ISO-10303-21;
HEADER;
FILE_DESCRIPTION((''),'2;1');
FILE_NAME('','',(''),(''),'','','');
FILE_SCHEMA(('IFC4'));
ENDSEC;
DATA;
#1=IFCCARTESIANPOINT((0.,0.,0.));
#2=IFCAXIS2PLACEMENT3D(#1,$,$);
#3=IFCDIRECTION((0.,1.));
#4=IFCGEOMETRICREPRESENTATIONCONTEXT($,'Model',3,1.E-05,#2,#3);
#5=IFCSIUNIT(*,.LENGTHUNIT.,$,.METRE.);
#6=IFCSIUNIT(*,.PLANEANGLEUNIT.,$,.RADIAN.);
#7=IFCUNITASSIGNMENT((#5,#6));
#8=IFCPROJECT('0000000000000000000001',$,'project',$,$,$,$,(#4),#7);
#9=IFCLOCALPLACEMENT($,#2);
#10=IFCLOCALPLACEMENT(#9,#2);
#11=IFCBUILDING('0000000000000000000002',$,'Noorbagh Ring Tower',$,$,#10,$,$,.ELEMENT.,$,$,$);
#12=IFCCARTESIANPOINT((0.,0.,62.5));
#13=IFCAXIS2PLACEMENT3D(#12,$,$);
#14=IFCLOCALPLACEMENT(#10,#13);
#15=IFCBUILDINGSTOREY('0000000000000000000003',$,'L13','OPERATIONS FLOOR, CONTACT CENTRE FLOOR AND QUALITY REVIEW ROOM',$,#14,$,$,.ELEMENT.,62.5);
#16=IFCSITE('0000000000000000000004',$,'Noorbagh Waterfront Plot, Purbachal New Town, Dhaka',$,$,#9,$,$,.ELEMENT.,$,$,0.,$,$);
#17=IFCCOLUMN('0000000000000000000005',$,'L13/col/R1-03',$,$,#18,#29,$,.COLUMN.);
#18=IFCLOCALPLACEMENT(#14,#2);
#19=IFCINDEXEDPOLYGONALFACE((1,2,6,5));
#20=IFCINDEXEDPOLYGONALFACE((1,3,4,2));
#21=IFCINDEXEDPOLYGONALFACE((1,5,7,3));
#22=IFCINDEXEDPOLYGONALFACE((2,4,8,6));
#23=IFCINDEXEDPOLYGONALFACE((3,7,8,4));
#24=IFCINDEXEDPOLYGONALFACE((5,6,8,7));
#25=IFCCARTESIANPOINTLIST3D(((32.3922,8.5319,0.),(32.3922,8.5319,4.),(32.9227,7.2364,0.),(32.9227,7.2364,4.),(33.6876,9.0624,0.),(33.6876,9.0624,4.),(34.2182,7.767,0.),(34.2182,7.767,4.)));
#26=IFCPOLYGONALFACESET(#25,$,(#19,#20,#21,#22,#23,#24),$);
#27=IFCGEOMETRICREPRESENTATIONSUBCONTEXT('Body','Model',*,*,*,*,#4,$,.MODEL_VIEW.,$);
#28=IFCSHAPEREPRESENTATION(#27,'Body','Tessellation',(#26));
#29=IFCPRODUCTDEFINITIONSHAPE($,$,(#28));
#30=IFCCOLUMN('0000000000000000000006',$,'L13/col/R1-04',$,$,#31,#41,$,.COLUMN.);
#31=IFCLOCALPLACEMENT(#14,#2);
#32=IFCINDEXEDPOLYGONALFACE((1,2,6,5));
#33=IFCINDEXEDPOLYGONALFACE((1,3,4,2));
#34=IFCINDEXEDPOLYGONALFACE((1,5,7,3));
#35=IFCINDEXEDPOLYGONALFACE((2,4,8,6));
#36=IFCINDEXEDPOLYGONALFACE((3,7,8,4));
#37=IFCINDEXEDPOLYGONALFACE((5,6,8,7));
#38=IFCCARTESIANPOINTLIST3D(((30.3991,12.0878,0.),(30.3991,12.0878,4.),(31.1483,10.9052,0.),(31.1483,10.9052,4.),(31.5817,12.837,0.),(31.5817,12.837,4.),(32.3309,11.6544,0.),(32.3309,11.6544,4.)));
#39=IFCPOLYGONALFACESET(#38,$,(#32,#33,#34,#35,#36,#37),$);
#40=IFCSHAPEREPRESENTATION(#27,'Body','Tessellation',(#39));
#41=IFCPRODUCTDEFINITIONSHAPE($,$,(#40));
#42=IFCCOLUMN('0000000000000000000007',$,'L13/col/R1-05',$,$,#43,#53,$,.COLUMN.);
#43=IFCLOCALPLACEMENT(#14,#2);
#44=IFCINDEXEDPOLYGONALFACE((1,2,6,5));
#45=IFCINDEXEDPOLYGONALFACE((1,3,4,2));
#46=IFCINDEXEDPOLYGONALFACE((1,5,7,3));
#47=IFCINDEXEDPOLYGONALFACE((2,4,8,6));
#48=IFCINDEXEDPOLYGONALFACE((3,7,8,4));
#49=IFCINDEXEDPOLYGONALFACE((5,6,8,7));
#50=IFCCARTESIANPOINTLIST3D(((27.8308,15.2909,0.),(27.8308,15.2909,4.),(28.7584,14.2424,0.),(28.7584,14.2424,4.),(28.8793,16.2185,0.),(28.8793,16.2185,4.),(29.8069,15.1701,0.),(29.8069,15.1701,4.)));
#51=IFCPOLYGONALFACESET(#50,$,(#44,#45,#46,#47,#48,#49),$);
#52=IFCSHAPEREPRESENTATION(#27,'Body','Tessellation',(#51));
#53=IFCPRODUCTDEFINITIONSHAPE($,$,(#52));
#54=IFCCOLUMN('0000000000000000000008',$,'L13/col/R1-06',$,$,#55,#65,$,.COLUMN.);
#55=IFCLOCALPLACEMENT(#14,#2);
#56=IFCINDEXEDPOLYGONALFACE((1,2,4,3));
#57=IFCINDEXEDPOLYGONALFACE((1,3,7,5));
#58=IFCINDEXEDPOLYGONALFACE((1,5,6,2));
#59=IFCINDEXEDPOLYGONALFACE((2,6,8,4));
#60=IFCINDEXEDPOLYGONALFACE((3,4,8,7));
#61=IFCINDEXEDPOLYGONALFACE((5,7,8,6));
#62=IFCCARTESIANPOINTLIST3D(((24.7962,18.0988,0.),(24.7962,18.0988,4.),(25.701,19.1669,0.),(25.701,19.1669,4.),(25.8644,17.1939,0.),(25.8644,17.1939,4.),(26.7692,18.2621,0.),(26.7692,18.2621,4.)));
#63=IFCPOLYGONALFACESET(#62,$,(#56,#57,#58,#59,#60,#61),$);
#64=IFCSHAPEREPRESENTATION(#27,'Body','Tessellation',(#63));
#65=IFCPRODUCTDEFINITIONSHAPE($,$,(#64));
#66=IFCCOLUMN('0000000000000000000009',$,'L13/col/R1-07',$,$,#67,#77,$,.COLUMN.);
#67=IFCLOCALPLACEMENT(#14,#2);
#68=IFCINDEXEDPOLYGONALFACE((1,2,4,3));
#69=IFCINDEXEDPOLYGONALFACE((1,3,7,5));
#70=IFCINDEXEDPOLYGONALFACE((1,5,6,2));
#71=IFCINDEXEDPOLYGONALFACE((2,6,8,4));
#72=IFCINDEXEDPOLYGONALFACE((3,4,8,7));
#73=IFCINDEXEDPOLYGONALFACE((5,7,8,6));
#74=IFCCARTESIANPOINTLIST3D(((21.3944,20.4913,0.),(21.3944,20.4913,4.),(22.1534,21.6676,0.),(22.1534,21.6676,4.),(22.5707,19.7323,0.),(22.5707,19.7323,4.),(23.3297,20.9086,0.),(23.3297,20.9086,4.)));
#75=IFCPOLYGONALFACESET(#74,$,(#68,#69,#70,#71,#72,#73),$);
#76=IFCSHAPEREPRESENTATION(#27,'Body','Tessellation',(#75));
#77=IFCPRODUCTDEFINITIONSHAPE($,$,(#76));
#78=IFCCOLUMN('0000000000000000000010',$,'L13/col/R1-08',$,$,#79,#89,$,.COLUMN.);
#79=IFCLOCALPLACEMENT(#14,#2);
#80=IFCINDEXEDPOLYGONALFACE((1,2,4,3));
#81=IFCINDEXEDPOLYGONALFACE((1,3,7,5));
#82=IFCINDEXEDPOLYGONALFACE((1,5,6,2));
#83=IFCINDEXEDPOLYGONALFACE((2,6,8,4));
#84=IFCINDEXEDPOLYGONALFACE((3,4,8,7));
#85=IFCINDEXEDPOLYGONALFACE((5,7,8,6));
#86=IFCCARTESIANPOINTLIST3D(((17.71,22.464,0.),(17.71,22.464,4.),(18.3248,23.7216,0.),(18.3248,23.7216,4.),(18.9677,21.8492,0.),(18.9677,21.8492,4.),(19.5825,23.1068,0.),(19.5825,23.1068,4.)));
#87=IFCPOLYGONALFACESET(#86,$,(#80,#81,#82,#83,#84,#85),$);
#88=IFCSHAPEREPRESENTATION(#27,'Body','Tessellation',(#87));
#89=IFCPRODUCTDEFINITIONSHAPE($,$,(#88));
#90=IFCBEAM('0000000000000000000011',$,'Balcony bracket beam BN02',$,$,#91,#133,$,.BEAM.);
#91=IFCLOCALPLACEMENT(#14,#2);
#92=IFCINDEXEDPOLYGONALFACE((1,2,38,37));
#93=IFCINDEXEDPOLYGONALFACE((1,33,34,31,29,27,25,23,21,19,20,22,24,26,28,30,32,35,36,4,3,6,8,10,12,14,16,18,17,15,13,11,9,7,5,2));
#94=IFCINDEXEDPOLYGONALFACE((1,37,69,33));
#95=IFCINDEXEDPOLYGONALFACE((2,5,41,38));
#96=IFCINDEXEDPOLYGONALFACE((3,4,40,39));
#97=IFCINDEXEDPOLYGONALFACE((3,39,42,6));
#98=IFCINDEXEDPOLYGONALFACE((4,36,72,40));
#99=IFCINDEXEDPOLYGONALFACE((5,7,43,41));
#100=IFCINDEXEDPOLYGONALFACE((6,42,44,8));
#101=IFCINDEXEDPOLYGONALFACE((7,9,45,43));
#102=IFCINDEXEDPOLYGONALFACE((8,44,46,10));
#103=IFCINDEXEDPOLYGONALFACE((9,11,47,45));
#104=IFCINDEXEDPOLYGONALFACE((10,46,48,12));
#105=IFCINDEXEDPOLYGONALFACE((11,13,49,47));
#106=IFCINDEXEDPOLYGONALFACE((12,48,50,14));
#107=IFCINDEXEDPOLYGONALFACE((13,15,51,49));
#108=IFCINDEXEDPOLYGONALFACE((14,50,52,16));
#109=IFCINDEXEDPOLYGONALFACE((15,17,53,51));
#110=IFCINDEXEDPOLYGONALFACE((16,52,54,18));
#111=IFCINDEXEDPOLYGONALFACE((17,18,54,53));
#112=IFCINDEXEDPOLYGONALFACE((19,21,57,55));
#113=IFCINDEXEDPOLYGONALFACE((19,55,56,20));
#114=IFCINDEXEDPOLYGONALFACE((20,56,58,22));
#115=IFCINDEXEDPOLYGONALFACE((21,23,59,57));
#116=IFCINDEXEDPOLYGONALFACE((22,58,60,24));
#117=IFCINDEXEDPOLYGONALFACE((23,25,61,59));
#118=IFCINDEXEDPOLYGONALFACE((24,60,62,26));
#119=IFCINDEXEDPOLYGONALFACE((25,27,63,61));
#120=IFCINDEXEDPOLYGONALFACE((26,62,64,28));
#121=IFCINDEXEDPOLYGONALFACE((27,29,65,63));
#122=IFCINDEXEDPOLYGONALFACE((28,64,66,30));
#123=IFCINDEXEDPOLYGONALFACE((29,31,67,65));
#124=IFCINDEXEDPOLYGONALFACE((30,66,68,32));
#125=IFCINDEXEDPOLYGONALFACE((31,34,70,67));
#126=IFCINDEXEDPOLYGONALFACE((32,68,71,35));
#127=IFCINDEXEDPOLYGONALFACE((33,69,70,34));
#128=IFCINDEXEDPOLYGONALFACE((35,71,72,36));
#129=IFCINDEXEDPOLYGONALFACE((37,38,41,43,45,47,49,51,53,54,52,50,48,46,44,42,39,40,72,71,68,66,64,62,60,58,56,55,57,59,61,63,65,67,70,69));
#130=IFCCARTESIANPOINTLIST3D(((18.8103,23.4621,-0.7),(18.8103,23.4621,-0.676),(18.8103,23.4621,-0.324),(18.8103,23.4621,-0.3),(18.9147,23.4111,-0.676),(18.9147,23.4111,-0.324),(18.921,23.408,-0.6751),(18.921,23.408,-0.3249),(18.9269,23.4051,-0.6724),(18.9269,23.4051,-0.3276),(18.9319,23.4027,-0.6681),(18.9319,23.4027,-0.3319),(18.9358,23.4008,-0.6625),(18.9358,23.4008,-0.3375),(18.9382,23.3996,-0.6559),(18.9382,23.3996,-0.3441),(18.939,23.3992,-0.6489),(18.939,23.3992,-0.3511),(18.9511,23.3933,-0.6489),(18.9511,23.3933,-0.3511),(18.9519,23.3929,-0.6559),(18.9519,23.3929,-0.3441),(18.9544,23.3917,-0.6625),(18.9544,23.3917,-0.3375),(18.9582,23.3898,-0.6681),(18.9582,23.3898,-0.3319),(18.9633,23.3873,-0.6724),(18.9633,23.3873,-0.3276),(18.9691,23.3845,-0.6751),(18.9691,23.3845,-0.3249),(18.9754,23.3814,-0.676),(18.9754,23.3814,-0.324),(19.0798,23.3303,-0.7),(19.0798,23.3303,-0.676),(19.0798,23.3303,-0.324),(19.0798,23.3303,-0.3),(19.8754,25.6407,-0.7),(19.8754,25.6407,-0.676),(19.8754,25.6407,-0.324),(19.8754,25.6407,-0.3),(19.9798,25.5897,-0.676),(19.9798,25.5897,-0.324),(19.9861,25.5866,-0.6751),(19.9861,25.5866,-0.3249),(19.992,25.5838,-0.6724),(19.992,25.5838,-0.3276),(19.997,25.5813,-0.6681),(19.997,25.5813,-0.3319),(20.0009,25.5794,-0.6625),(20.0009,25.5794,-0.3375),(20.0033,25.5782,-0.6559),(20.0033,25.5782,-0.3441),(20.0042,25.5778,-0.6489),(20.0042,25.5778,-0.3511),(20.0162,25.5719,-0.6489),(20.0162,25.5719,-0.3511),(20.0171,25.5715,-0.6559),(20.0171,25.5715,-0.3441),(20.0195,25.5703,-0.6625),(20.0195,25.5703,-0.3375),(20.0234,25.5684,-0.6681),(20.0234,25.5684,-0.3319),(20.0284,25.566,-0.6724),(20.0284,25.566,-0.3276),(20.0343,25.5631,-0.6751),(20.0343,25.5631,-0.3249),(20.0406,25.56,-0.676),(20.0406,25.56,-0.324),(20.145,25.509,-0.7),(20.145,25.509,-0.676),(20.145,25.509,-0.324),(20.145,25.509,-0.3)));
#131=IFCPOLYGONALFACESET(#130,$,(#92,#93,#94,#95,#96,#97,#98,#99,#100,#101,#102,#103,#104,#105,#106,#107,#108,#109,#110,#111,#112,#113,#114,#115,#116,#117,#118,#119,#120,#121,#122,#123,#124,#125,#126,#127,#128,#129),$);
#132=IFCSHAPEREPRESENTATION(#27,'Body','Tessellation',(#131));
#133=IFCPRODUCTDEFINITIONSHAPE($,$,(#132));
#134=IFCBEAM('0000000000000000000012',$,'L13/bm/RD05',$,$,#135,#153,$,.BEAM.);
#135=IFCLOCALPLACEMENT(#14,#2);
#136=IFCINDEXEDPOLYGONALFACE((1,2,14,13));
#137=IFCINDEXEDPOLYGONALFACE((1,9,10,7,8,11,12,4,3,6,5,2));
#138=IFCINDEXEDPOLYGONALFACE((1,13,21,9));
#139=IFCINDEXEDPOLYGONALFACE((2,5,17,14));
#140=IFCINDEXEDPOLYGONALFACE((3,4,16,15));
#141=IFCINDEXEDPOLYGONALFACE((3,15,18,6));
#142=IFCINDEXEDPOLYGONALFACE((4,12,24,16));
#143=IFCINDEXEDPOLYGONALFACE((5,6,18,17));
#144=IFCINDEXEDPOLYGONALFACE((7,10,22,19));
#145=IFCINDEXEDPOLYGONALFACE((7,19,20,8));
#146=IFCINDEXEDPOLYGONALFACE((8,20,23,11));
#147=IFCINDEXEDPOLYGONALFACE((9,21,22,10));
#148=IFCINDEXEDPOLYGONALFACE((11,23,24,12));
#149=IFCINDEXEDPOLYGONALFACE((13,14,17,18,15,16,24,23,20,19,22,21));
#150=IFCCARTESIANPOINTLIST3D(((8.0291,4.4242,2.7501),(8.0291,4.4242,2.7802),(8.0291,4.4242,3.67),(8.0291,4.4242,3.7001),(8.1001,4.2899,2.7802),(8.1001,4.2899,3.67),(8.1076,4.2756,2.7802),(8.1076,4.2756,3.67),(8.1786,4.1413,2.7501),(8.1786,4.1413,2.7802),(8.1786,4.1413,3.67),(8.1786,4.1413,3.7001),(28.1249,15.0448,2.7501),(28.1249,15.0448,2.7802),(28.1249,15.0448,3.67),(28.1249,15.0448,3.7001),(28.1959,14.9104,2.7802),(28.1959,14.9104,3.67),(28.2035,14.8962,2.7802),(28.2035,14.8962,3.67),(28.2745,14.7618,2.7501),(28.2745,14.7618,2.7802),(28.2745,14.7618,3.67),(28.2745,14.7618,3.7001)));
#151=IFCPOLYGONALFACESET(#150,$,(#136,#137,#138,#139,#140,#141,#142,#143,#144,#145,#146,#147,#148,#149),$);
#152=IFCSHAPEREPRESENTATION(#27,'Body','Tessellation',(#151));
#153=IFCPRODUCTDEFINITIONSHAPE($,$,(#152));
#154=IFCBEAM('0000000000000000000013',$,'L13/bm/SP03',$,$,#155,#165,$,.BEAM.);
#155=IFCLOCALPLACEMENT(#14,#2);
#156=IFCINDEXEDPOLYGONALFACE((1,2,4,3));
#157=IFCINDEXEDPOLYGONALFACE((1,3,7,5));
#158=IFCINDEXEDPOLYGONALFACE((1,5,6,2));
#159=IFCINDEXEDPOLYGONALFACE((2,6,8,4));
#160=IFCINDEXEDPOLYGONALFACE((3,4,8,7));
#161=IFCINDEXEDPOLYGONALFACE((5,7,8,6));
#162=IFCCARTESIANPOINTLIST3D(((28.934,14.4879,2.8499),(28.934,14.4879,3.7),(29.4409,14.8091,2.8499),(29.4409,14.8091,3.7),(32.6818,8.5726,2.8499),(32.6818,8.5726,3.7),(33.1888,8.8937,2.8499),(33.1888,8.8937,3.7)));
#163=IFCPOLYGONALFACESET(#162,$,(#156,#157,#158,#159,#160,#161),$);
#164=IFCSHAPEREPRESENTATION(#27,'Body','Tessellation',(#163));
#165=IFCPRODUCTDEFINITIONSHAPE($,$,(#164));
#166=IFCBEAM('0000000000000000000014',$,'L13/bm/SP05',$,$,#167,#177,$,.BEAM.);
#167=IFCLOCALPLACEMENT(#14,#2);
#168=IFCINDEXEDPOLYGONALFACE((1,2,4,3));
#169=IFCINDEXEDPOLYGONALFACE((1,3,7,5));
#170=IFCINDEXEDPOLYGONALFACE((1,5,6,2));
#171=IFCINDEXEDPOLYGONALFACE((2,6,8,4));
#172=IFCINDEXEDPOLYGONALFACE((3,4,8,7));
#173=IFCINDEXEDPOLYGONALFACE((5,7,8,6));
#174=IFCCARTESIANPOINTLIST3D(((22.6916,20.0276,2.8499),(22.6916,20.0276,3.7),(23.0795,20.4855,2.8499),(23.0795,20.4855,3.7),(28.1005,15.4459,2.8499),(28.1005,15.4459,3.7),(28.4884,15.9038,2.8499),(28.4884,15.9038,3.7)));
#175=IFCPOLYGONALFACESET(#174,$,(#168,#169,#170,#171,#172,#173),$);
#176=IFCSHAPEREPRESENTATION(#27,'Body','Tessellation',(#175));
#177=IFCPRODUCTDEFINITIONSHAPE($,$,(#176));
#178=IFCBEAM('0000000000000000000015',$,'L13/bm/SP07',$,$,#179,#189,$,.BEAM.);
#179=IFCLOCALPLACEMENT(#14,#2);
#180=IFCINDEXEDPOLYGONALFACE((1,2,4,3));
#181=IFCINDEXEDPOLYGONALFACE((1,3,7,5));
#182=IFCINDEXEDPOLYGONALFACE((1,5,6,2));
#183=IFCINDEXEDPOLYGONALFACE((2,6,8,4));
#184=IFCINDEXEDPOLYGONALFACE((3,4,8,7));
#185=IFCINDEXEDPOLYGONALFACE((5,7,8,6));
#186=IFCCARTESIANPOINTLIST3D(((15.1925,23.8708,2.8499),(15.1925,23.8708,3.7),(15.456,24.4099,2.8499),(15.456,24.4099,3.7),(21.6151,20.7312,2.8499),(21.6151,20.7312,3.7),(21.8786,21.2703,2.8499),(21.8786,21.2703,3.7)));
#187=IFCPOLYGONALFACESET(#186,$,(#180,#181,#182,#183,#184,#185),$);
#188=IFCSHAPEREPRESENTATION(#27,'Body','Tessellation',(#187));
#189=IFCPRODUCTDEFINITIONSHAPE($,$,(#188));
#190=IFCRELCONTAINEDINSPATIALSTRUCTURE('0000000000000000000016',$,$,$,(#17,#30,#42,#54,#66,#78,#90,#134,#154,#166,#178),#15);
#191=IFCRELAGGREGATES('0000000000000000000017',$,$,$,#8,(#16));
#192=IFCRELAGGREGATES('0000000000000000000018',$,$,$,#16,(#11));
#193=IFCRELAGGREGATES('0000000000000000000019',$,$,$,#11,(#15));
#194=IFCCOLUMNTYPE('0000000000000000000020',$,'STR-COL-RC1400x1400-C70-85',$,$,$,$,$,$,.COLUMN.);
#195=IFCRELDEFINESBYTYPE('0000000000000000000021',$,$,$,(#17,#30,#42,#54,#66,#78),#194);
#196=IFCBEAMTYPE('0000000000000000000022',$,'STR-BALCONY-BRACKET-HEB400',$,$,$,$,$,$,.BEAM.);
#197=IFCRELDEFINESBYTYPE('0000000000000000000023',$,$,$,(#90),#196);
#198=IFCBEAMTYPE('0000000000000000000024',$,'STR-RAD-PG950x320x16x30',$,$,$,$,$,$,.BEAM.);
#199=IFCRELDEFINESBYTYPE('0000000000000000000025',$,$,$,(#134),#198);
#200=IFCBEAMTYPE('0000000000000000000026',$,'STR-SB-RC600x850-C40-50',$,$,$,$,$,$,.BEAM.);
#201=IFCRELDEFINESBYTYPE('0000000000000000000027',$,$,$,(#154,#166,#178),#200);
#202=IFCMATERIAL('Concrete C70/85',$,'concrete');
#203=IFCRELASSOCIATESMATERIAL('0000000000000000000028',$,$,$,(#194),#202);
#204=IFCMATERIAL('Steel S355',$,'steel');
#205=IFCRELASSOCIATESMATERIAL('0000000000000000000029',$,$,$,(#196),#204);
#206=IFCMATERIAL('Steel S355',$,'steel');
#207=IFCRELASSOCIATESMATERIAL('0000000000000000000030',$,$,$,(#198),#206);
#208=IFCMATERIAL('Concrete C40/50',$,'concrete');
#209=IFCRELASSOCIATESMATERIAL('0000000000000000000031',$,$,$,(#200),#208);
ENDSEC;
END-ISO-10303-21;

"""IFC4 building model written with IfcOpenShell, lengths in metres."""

from ifc_helpers import new_model, si_unit, direction, frame, origin, origin_2d, place, context, subcontext, project, spatial, rectangle, i_section, extrude, material, material_profile, profile_set, type_object, element, save


model = new_model("IFC4")

# Units and contexts
model_context = context("Model", 3, precision=1e-05, world=origin(), true_north=direction((0.0, 1.0)))
body_context = subcontext(model_context, "Body", "Model", "MODEL_VIEW")
ifc_project = project(units=[si_unit("LENGTHUNIT", "METRE"), si_unit("PLANEANGLEUNIT", "RADIAN")], contexts=[model_context])

# Site, building, storey
site_placement = place(None, origin())
site = spatial("IfcSite", under=ifc_project, at=site_placement, Name="Noorbagh Waterfront Plot, Purbachal New Town, Dhaka", CompositionType="ELEMENT", RefElevation=0.0)
building_placement = place(site_placement, origin())
building = spatial("IfcBuilding", under=site, at=building_placement, Name="Noorbagh Ring Tower", CompositionType="ELEMENT")
storey_placement = place(building_placement, frame((0.0, 0.0, 62.5)))
storey = spatial("IfcBuildingStorey", under=building, at=storey_placement, Name="L13", Description="OPERATIONS FLOOR, CONTACT CENTRE FLOOR AND QUALITY REVIEW ROOM", CompositionType="ELEMENT", Elevation=62.5)

# Columns
ifc_material_1 = material(Name="Concrete C70/85", Category="concrete")
ifc_material_profile_1 = material_profile(ifc_material_1, rectangle(XDim=1.3999, YDim=1.3999, at=origin_2d()), Name="RC1400x1400")
ifc_profile_set_1 = profile_set([ifc_material_profile_1], Name="Concrete C70/85")
column_type = type_object("IfcColumnType", Name="STR-COL-RC1400x1400-C70-85", PredefinedType="COLUMN", material=ifc_profile_set_1)
for number, where, z_axis, x_axis, name in (
    (1, (33.3052, 8.1494, 0.0), (0.0, 0.0, 1.0), (-0.378989, 0.925401, 0.0), "L13/col/R1-03"),
    (2, (31.365, 11.8711, 0.0), (0.0, 0.0, 1.0), (-0.53519, 0.844731, 0.0), "L13/col/R1-04"),
    (3, (28.8188, 15.2305, 0.0), (0.0, 0.0, 1.0), (-0.662636, 0.748942, 0.0), "L13/col/R1-05"),
    (4, (25.7827, 18.1804, 0.0), (0.0, 0.0, 1.0), (-0.763035, 0.646357, 0.0), "L13/col/R1-06"),
    (5, (22.3621, 20.7, 0.0), (0.0, 0.0, 1.0), (-0.840248, 0.542203, 0.0), "L13/col/R1-07"),
    (6, (18.6462, 22.7854, 0.0), (0.0, 0.0, 1.0), (-0.898399, 0.43918, 0.0), "L13/col/R1-08"),
):
    element("IfcColumn", number, at=place(storey_placement, frame(where, z_axis=z_axis, x_axis=x_axis)), inside=storey, type_object=column_type, Name=name, PredefinedType="COLUMN", context=body_context, shape_type="SweptSolid", body=[
        extrude(rectangle(XDim=1.3999, YDim=1.3999, at=origin_2d()), origin(), (0.0, 0.0, 1.0), 4.0),
    ])

# Beams
ifc_material_2 = material(Name="Steel S355", Category="steel")
ifc_material_profile_2 = material_profile(ifc_material_2, i_section(OverallWidth=0.3, OverallDepth=0.3999, WebThickness=0.0134, FlangeThickness=0.0239, FilletRadius=0.0271, at=origin_2d()), Name="HEB400")
ifc_profile_set_2 = profile_set([ifc_material_profile_2], Name="Steel S355")
beam_type_1 = type_object("IfcBeamType", Name="STR-BALCONY-BRACKET-HEB400", PredefinedType="BEAM", material=ifc_profile_set_2)
beam_1_placement = place(storey_placement, frame((18.9451, 23.3962, -0.5), z_axis=(0.439223, 0.898378, 0.0), x_axis=(-0.898378, 0.439223, 0.0)))
element("IfcBeam", 7, at=beam_1_placement, inside=storey, type_object=beam_type_1, Name="Balcony bracket beam BN02", PredefinedType="BEAM", context=body_context, shape_type="SweptSolid", body=[
    extrude(i_section(OverallWidth=0.3, OverallDepth=0.3999, WebThickness=0.0134, FlangeThickness=0.0239, FilletRadius=0.0271, at=origin_2d()), origin(), (0.0, 0.0, 1.0), 2.425),
])
ifc_material_3 = material(Name="Steel S355", Category="steel")
ifc_material_profile_3 = material_profile(ifc_material_3, i_section(OverallWidth=0.3201, OverallDepth=0.95, WebThickness=0.0161, FlangeThickness=0.03, at=origin_2d()), Name="PG950x320x16x30")
ifc_profile_set_3 = profile_set([ifc_material_profile_3], Name="Steel S355")
beam_type_2 = type_object("IfcBeamType", Name="STR-RAD-PG950x320x16x30", PredefinedType="BEAM", material=ifc_profile_set_3)
beam_2_placement = place(storey_placement, frame((28.1997, 14.9033, 3.2251), z_axis=(-0.884123, -0.467254, 0.0), x_axis=(0.467254, -0.884123, 0.0)))
element("IfcBeam", 8, at=beam_2_placement, inside=storey, type_object=beam_type_2, Name="L13/bm/RD05", PredefinedType="BEAM", context=body_context, shape_type="SweptSolid", body=[
    extrude(i_section(OverallWidth=0.3201, OverallDepth=0.95, WebThickness=0.0161, FlangeThickness=0.03, at=origin_2d()), origin(), (0.0, 0.0, 1.0), 22.7297),
])
ifc_material_4 = material(Name="Concrete C40/50", Category="concrete")
ifc_material_profile_4 = material_profile(ifc_material_4, rectangle(XDim=0.6001, YDim=0.8501, at=origin_2d()), Name="RC600x850")
ifc_profile_set_4 = profile_set([ifc_material_profile_4], Name="Concrete C40/50")
beam_type_3 = type_object("IfcBeamType", Name="STR-SB-RC600x850-C40-50", PredefinedType="BEAM", material=ifc_profile_set_4)
beam_3_placement = place(storey_placement, frame((32.9353, 8.7332, 3.2749), z_axis=(-0.535201, 0.844725, 0.0), x_axis=(-0.844725, -0.535201, 0.0)))
element("IfcBeam", 9, at=beam_3_placement, inside=storey, type_object=beam_type_3, Name="L13/bm/SP03", PredefinedType="BEAM", context=body_context, shape_type="SweptSolid", body=[
    extrude(rectangle(XDim=0.6001, YDim=0.8501, at=origin_2d()), origin(), (0.0, 0.0, 1.0), 7.0027),
])
beam_4_placement = place(storey_placement, frame((28.2944, 15.6748, 3.2749), z_axis=(-0.763039, 0.646353, 0.0), x_axis=(-0.646353, -0.763039, 0.0)))
element("IfcBeam", 10, at=beam_4_placement, inside=storey, type_object=beam_type_3, Name="L13/bm/SP05", PredefinedType="BEAM", context=body_context, shape_type="SweptSolid", body=[
    extrude(rectangle(XDim=0.6001, YDim=0.8501, at=origin_2d()), origin(), (0.0, 0.0, 1.0), 7.0886),
])
beam_5_placement = place(storey_placement, frame((21.7468, 21.0007, 3.2749), z_axis=(-0.898401, 0.439177, 0.0), x_axis=(-0.439177, -0.898401, 0.0)))
element("IfcBeam", 11, at=beam_5_placement, inside=storey, type_object=beam_type_3, Name="L13/bm/SP07", PredefinedType="BEAM", context=body_context, shape_type="SweptSolid", body=[
    extrude(rectangle(XDim=0.6001, YDim=0.8501, at=origin_2d()), origin(), (0.0, 0.0, 1.0), 7.1489),
])

save(model, "model.ifc")
